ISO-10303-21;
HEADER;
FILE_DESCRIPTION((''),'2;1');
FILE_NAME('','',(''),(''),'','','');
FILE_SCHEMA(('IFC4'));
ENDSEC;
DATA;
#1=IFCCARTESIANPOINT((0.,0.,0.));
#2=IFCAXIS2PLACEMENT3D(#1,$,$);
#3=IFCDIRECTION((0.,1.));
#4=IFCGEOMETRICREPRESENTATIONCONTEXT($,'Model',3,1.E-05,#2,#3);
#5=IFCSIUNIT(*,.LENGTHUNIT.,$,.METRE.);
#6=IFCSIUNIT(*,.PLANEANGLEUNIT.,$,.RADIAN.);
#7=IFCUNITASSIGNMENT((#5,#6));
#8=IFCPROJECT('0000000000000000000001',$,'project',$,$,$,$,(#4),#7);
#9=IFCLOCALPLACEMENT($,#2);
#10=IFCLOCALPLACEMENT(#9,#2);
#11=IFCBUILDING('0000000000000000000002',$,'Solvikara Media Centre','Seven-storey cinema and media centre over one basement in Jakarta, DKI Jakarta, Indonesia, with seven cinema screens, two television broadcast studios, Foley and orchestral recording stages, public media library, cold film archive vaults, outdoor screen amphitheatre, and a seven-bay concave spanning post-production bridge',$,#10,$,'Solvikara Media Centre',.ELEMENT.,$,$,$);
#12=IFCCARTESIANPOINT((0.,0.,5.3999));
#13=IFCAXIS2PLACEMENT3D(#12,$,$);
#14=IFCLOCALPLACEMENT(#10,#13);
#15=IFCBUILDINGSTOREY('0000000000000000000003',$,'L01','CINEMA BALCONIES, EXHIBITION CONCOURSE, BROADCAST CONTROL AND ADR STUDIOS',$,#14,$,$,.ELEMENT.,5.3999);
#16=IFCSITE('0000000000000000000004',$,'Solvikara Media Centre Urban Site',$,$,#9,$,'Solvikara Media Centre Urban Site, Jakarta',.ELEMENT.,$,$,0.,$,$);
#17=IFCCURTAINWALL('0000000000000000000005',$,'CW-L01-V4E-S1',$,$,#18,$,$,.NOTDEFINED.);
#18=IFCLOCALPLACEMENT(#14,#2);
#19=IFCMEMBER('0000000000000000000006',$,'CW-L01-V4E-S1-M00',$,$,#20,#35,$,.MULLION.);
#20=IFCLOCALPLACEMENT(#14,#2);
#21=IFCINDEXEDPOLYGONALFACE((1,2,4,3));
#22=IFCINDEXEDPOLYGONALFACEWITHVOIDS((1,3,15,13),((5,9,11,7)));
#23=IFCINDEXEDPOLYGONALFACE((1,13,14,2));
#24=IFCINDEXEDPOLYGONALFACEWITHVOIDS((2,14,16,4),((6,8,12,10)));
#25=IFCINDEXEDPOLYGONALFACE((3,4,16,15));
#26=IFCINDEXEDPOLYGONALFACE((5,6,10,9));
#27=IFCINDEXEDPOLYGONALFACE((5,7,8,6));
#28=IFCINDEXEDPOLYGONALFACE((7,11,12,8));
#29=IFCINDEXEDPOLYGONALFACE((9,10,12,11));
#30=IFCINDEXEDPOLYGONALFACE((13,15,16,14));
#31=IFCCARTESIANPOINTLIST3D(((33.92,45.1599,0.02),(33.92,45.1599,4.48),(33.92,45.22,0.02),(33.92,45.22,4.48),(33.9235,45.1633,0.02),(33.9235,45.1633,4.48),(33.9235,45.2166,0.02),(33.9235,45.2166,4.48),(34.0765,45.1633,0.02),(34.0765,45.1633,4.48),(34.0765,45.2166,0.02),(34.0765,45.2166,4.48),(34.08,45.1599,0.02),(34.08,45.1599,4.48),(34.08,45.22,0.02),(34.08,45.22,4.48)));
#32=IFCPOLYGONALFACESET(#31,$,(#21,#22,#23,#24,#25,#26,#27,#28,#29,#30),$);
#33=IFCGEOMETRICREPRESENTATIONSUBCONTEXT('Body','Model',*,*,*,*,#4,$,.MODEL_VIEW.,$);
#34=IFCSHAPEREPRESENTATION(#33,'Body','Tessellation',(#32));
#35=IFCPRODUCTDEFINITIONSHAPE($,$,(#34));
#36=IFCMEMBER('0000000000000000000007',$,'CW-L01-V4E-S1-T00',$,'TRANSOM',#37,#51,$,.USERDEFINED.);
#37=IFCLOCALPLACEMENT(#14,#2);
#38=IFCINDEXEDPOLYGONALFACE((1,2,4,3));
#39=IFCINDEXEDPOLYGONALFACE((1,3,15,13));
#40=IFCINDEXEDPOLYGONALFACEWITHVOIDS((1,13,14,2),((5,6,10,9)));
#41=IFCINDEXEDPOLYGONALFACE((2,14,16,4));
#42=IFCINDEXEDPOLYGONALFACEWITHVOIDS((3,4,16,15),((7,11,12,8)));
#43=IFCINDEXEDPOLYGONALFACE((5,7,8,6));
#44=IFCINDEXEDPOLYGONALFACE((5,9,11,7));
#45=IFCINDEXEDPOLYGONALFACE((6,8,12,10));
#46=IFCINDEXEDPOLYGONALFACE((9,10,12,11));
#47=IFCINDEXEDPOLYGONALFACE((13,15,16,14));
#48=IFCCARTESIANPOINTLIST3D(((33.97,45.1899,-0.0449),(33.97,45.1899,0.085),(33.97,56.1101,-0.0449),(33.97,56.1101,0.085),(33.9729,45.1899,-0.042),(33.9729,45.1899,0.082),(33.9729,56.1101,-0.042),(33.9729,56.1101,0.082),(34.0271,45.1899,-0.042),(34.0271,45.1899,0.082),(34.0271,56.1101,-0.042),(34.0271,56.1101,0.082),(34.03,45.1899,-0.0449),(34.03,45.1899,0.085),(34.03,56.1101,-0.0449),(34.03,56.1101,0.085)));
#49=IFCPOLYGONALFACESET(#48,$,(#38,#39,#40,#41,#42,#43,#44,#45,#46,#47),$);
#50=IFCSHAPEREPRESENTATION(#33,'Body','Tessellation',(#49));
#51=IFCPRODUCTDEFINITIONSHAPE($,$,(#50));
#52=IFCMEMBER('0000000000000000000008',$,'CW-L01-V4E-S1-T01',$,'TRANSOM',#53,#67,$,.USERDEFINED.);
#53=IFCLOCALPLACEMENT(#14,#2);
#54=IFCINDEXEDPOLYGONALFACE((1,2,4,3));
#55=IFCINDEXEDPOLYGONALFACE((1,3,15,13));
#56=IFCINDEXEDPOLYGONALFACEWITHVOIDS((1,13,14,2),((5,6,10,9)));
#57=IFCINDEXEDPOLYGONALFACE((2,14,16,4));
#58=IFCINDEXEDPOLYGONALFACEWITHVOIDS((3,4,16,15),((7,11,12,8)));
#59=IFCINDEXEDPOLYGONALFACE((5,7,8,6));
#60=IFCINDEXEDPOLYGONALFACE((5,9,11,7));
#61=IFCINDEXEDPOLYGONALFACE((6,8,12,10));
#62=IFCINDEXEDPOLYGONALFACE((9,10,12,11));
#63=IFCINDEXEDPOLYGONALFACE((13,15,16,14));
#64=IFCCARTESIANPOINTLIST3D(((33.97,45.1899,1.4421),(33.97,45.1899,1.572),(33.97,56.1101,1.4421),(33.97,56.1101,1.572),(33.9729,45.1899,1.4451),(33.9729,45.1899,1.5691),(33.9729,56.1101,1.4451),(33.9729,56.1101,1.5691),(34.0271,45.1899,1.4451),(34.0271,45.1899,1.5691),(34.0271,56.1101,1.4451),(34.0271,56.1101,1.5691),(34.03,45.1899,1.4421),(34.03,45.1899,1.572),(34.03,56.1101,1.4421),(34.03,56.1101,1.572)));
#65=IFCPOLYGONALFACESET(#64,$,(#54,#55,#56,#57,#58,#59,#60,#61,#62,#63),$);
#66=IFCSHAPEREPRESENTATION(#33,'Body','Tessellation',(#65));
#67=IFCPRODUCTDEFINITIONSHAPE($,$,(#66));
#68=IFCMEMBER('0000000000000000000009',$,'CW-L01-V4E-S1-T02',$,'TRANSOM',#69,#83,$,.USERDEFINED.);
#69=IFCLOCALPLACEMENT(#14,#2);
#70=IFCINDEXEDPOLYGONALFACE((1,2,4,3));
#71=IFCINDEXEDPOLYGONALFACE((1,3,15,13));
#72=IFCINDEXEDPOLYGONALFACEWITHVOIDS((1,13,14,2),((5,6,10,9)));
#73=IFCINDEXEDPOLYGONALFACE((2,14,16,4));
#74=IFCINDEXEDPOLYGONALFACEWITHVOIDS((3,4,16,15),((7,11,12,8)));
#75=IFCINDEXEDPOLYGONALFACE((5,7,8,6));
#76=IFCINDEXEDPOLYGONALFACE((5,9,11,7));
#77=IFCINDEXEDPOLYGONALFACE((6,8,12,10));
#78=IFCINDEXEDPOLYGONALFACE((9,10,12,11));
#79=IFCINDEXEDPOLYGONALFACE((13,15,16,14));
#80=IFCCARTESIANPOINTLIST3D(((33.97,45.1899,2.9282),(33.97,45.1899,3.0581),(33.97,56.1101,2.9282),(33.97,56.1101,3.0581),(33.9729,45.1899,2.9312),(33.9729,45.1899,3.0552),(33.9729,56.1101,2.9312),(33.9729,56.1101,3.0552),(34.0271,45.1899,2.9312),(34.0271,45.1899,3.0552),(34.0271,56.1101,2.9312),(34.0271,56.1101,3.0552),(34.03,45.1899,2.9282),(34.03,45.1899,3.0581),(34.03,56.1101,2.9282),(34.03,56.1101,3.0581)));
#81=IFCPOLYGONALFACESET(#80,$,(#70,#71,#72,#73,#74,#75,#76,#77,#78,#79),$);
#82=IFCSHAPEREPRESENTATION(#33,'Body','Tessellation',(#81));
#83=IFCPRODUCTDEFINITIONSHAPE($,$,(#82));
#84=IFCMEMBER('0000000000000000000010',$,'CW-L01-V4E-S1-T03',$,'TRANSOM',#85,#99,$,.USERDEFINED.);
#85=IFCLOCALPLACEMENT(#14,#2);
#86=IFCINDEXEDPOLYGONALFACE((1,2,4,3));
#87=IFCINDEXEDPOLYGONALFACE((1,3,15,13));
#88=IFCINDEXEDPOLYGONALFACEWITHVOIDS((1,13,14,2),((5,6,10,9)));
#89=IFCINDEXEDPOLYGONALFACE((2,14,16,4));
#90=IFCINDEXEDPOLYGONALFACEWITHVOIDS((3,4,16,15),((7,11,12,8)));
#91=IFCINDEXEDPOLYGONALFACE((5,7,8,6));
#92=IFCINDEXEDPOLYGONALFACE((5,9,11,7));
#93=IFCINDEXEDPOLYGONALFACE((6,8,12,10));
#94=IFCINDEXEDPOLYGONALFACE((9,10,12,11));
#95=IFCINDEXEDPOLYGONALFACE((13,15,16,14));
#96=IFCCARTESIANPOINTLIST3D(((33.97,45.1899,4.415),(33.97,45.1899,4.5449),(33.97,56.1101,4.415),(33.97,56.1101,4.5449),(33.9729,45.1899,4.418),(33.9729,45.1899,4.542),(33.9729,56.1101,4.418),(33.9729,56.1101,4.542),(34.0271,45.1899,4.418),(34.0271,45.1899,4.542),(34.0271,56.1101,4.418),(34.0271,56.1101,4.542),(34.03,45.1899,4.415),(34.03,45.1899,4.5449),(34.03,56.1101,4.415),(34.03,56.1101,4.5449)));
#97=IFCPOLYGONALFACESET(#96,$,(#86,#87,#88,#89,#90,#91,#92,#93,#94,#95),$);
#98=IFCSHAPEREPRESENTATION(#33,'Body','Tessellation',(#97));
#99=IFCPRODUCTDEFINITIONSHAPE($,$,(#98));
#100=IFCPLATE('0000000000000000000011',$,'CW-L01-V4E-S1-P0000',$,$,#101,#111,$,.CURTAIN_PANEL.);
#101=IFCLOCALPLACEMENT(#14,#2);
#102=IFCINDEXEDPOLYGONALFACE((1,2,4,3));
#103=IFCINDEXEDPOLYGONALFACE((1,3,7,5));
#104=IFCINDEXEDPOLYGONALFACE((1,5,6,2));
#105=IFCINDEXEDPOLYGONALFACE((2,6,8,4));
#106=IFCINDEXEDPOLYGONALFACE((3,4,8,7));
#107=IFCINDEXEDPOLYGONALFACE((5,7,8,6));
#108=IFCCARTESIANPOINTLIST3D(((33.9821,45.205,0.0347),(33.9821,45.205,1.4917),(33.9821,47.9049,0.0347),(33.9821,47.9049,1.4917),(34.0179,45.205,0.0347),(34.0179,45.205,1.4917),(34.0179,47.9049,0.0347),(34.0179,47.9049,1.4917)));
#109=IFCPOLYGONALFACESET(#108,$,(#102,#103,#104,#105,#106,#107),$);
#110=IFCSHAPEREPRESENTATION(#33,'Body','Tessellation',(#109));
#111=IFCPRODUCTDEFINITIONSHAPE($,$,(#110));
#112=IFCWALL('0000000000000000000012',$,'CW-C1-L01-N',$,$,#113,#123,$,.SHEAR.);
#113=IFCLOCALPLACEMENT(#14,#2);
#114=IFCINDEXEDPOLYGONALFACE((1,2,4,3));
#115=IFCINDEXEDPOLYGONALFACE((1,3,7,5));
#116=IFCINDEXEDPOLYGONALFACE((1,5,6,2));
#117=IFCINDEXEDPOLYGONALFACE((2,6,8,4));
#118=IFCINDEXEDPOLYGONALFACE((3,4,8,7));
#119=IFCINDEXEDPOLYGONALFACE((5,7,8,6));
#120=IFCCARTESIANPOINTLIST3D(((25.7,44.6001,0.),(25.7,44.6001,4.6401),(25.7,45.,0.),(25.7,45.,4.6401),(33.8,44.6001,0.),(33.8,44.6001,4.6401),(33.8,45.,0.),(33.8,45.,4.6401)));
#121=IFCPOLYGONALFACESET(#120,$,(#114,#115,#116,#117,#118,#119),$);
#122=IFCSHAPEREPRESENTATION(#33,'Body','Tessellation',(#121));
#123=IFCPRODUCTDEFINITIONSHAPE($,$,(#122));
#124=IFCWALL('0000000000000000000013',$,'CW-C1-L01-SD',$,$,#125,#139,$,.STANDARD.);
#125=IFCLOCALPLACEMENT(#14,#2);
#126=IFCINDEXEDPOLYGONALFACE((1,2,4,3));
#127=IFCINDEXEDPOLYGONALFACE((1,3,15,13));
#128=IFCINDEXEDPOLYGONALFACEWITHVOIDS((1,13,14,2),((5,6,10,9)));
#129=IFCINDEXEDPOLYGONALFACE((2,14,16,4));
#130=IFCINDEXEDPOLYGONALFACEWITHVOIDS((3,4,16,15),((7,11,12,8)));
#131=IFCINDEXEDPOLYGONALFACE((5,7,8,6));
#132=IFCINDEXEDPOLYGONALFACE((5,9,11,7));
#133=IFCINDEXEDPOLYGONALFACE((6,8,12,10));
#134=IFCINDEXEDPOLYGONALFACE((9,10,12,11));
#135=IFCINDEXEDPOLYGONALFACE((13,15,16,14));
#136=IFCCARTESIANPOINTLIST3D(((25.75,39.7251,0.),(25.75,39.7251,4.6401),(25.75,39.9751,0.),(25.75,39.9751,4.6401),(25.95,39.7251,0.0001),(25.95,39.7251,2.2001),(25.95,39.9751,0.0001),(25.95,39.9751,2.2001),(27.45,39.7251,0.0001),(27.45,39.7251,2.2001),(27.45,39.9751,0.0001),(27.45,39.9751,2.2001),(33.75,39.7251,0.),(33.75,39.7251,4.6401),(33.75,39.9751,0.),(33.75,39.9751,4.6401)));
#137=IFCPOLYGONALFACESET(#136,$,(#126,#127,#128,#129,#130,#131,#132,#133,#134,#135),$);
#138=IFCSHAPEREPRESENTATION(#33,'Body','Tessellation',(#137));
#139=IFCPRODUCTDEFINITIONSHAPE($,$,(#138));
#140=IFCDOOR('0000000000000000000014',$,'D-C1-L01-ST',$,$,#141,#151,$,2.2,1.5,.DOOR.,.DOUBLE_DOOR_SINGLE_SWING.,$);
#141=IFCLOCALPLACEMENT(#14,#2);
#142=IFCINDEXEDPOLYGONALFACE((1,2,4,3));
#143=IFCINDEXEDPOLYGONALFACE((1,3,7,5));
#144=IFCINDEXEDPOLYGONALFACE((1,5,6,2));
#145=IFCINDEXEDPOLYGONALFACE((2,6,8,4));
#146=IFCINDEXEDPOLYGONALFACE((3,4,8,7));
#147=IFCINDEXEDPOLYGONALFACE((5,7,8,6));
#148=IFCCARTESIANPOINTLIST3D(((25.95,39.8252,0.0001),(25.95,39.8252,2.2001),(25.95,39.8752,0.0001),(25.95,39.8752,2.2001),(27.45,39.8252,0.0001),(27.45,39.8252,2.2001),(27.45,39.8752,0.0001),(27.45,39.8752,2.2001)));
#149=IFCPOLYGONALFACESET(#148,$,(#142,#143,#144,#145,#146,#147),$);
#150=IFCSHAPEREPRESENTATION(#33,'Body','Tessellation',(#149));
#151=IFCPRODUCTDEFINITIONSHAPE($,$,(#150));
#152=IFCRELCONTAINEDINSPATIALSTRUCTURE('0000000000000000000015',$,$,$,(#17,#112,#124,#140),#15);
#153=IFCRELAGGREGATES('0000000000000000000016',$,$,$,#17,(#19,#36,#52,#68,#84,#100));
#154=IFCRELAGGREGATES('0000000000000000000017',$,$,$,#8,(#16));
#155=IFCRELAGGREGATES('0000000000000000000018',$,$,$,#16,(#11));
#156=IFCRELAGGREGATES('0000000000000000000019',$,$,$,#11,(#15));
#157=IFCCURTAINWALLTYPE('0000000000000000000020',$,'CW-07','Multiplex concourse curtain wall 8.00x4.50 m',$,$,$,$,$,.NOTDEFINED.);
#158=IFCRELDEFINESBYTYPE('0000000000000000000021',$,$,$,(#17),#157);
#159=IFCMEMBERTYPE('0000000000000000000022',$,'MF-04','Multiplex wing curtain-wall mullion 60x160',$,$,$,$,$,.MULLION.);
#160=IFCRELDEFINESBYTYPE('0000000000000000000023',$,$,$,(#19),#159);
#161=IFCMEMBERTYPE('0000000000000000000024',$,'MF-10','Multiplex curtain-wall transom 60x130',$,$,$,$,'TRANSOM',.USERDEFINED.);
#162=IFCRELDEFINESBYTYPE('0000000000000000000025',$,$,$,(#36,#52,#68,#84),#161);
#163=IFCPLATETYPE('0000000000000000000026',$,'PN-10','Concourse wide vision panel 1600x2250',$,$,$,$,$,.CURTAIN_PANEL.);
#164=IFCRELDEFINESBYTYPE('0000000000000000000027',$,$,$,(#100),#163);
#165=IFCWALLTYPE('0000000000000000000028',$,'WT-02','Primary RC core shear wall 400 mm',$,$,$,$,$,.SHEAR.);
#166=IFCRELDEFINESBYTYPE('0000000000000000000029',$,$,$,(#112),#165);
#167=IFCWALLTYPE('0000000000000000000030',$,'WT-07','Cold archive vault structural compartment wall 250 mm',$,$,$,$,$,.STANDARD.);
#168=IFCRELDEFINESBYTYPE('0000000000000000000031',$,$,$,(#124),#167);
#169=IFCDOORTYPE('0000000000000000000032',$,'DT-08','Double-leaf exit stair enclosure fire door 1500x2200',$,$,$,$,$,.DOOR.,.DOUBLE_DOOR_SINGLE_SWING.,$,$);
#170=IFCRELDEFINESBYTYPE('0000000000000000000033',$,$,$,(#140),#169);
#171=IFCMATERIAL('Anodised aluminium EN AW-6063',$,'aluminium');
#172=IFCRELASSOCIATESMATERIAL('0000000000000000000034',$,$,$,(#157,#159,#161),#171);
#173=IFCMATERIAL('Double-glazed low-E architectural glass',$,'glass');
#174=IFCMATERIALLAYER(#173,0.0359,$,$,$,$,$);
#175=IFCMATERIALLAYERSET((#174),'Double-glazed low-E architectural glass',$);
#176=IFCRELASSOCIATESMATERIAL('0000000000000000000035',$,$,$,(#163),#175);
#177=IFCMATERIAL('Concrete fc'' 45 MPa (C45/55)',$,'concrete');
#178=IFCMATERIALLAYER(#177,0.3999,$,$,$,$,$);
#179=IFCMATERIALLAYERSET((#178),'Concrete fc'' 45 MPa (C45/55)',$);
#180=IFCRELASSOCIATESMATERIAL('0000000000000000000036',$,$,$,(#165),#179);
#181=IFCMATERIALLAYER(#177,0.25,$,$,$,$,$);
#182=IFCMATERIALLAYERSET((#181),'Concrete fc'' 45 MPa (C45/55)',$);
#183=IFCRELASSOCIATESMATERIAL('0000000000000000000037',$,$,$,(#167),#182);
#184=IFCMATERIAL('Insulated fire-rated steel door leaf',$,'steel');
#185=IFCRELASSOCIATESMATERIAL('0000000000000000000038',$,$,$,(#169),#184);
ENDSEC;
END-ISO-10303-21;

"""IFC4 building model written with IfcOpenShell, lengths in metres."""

from ifc_helpers import new_model, si_unit, direction, frame, frame_2d, origin, origin_2d, place, context, subcontext, project, spatial, rectangle, hollow_rectangle, extrude, material, layer, layer_set, material_profile, profile_set, type_object, element, fill, aggregate, save


model = new_model("IFC4")

# Units and contexts
model_context = context("Model", 3, precision=1e-05, world=origin(), true_north=direction((0.0, 1.0)))
body_context = subcontext(model_context, "Body", "Model", "MODEL_VIEW")
ifc_project = project(units=[si_unit("LENGTHUNIT", "METRE"), si_unit("PLANEANGLEUNIT", "RADIAN")], contexts=[model_context])

# Site, building, storey
site_placement = place(None, origin())
site = spatial("IfcSite", under=ifc_project, at=site_placement, Name="Solvikara Media Centre Urban Site", LongName="Solvikara Media Centre Urban Site, Jakarta", CompositionType="ELEMENT", RefElevation=0.0)
building_placement = place(site_placement, origin())
building = spatial("IfcBuilding", under=site, at=building_placement, Name="Solvikara Media Centre", Description="Seven-storey cinema and media centre over one basement in Jakarta, DKI Jakarta, Indonesia, with seven cinema screens, two television broadcast studios, Foley and orchestral recording stages, public media library, cold film archive vaults, outdoor screen amphitheatre, and a seven-bay concave spanning post-production bridge", LongName="Solvikara Media Centre", CompositionType="ELEMENT")
storey_placement = place(building_placement, frame((0.0, 0.0, 5.3999)))
storey = spatial("IfcBuildingStorey", under=building, at=storey_placement, Name="L01", Description="CINEMA BALCONIES, EXHIBITION CONCOURSE, BROADCAST CONTROL AND ADR STUDIOS", CompositionType="ELEMENT", Elevation=5.3999)

# Shared definitions
ifc_material_1 = material(Name="Concrete fc' 45 MPa (C45/55)", Category="concrete")

# Curtain wall, members, plate
ifc_material_2 = material(Name="Anodised aluminium EN AW-6063", Category="aluminium")
curtain_wall_type = type_object("IfcCurtainWallType", Name="CW-07", Description="Multiplex concourse curtain wall 8.00x4.50 m", PredefinedType="NOTDEFINED", material=ifc_material_2)
curtain_wall_placement = place(storey_placement, origin())
curtain_wall = element("IfcCurtainWall", 1, at=curtain_wall_placement, inside=storey, type_object=curtain_wall_type, Name="CW-L01-V4E-S1", PredefinedType="NOTDEFINED")
ifc_material_profile_1 = material_profile(ifc_material_2, hollow_rectangle(XDim=0.0601, YDim=0.1599, WallThickness=0.0034, at=origin_2d()), Name="ALU-M 60x160x3.5")
ifc_profile_set_1 = profile_set([ifc_material_profile_1], Name="Anodised aluminium EN AW-6063")
member_type_1 = type_object("IfcMemberType", Name="MF-04", Description="Multiplex wing curtain-wall mullion 60x160", PredefinedType="MULLION", material=ifc_profile_set_1)
member_1_placement = place(storey_placement, frame((34.0, 45.1899, 0.02), z_axis=(0.0, 0.0, 1.0), x_axis=(0.0, 1.0, 0.0)))
member_1 = element("IfcMember", 2, at=member_1_placement, type_object=member_type_1, Name="CW-L01-V4E-S1-M00", PredefinedType="MULLION", context=body_context, shape_type="SweptSolid", body=[
    extrude(hollow_rectangle(XDim=0.0601, YDim=0.1599, WallThickness=0.0034, at=origin_2d()), origin(), (0.0, 0.0, 1.0), 4.46),
])
ifc_material_profile_2 = material_profile(ifc_material_2, hollow_rectangle(XDim=0.0601, YDim=0.1299, WallThickness=0.0029, at=origin_2d()), Name="ALU-T 60x130x3")
ifc_profile_set_2 = profile_set([ifc_material_profile_2], Name="Anodised aluminium EN AW-6063")
member_type_2 = type_object("IfcMemberType", Name="MF-10", Description="Multiplex curtain-wall transom 60x130", ElementType="TRANSOM", PredefinedType="USERDEFINED", material=ifc_profile_set_2)
member_2_placement = place(storey_placement, frame((34.0, 45.1899, 0.02), z_axis=(0.0, 1.0, 0.0), x_axis=(-1.0, 0.0, 0.0)))
member_2 = element("IfcMember", 3, at=member_2_placement, type_object=member_type_2, Name="CW-L01-V4E-S1-T00", ObjectType="TRANSOM", PredefinedType="USERDEFINED", context=body_context, shape_type="SweptSolid", body=[
    extrude(hollow_rectangle(XDim=0.0601, YDim=0.1299, WallThickness=0.0029, at=origin_2d()), origin(), (0.0, 0.0, 1.0), 10.9202),
])
member_3_placement = place(storey_placement, frame((34.0, 45.1899, 1.5071), z_axis=(0.0, 1.0, 0.0), x_axis=(-1.0, 0.0, 0.0)))
member_3 = element("IfcMember", 4, at=member_3_placement, type_object=member_type_2, Name="CW-L01-V4E-S1-T01", ObjectType="TRANSOM", PredefinedType="USERDEFINED", context=body_context, shape_type="SweptSolid", body=[
    extrude(hollow_rectangle(XDim=0.0601, YDim=0.1299, WallThickness=0.0029, at=origin_2d()), origin(), (0.0, 0.0, 1.0), 10.9202),
])
member_4_placement = place(storey_placement, frame((34.0, 45.1899, 2.9932), z_axis=(0.0, 1.0, 0.0), x_axis=(-1.0, 0.0, 0.0)))
member_4 = element("IfcMember", 5, at=member_4_placement, type_object=member_type_2, Name="CW-L01-V4E-S1-T02", ObjectType="TRANSOM", PredefinedType="USERDEFINED", context=body_context, shape_type="SweptSolid", body=[
    extrude(hollow_rectangle(XDim=0.0601, YDim=0.1299, WallThickness=0.0029, at=origin_2d()), origin(), (0.0, 0.0, 1.0), 10.9202),
])
member_5_placement = place(storey_placement, frame((34.0, 45.1899, 4.48), z_axis=(0.0, 1.0, 0.0), x_axis=(-1.0, 0.0, 0.0)))
member_5 = element("IfcMember", 6, at=member_5_placement, type_object=member_type_2, Name="CW-L01-V4E-S1-T03", ObjectType="TRANSOM", PredefinedType="USERDEFINED", context=body_context, shape_type="SweptSolid", body=[
    extrude(hollow_rectangle(XDim=0.0601, YDim=0.1299, WallThickness=0.0029, at=origin_2d()), origin(), (0.0, 0.0, 1.0), 10.9202),
])
ifc_material_3 = material(Name="Double-glazed low-E architectural glass", Category="glass")
ifc_layer_1 = layer(ifc_material_3, 0.0359)
ifc_layer_set_1 = layer_set([ifc_layer_1], Name="Double-glazed low-E architectural glass")
plate_type = type_object("IfcPlateType", Name="PN-10", Description="Concourse wide vision panel 1600x2250", PredefinedType="CURTAIN_PANEL", material=ifc_layer_set_1)
plate_placement = place(storey_placement, frame((34.0, 46.5549, 0.0347), z_axis=(0.0, 0.0, 1.0), x_axis=(0.0, 1.0, 0.0)))
plate = element("IfcPlate", 7, at=plate_placement, type_object=plate_type, Name="CW-L01-V4E-S1-P0000", PredefinedType="CURTAIN_PANEL", context=body_context, shape_type="SweptSolid", body=[
    extrude(rectangle(XDim=2.7, YDim=0.0359, at=origin_2d()), origin(), (0.0, 0.0, 1.0), 1.457),
])
aggregate(curtain_wall, [member_1, member_2, member_3, member_4, member_5, plate])

# Wall
ifc_layer_2 = layer(ifc_material_1, 0.3999)
ifc_layer_set_2 = layer_set([ifc_layer_2], Name="Concrete fc' 45 MPa (C45/55)")
wall_type_1 = type_object("IfcWallType", Name="WT-02", Description="Primary RC core shear wall 400 mm", PredefinedType="SHEAR", material=ifc_layer_set_2)
wall_1_placement = place(storey_placement, frame((25.7, 44.8, 0.0), z_axis=(0.0, 0.0, 1.0), x_axis=(1.0, 0.0, 0.0)))
element("IfcWall", 8, at=wall_1_placement, inside=storey, type_object=wall_type_1, Name="CW-C1-L01-N", PredefinedType="SHEAR", context=body_context, shape_type="SweptSolid", body=[
    extrude(rectangle(XDim=8.1001, YDim=0.3999, at=frame_2d((4.05, 0.0))), origin(), (0.0, 0.0, 1.0), 4.6401),
])

# Wall, opening, door
ifc_layer_3 = layer(ifc_material_1, 0.25)
ifc_layer_set_3 = layer_set([ifc_layer_3], Name="Concrete fc' 45 MPa (C45/55)")
wall_type_2 = type_object("IfcWallType", Name="WT-07", Description="Cold archive vault structural compartment wall 250 mm", PredefinedType="STANDARD", material=ifc_layer_set_3)
wall_2_placement = place(storey_placement, frame((25.75, 39.8501, 0.0), z_axis=(0.0, 0.0, 1.0), x_axis=(1.0, 0.0, 0.0)))
wall_2 = element("IfcWall", 9, at=wall_2_placement, inside=storey, type_object=wall_type_2, Name="CW-C1-L01-SD", PredefinedType="STANDARD", context=body_context, shape_type="SweptSolid", body=[
    extrude(rectangle(XDim=8.0, YDim=0.25, at=frame_2d((4.0, 0.0))), origin(), (0.0, 0.0, 1.0), 4.6401),
])
opening_1_placement = place(wall_2_placement, frame((0.2, 0.0, 0.0)))
opening_1 = element("IfcOpeningElement", 10, at=opening_1_placement, cuts=wall_2, PredefinedType="OPENING", context=body_context, shape_type="SweptSolid", body=[
    extrude(rectangle(XDim=1.5, YDim=2.2, at=frame_2d((0.75, 1.1001))), frame((0.0, 0.137, 0.0), z_axis=(0.0, -1.0, 0.0), x_axis=(1.0, 0.0, 0.0)), (0.0, 0.0, 1.0), 0.2739),
])
ifc_material_4 = material(Name="Insulated fire-rated steel door leaf", Category="steel")
door_type_1 = type_object("IfcDoorType", Name="DT-08", Description="Double-leaf exit stair enclosure fire door 1500x2200", OperationType="DOUBLE_DOOR_SINGLE_SWING", PredefinedType="DOOR", material=ifc_material_4)
door_1_placement = place(opening_1_placement, frame((1.5, 0.0, 0.0), z_axis=(0.0, 0.0, 1.0), x_axis=(-1.0, 0.0, 0.0)))
door_1 = element("IfcDoor", 11, at=door_1_placement, inside=storey, type_object=door_type_1, Name="D-C1-L01-ST", OperationType="DOUBLE_DOOR_SINGLE_SWING", OverallHeight=2.2, OverallWidth=1.5, PredefinedType="DOOR", context=body_context, shape_type="SweptSolid", body=[
    extrude(rectangle(XDim=1.5, YDim=2.2, at=frame_2d((0.75, 1.1001))), frame((0.0, 0.0249, 0.0), z_axis=(0.0, -1.0, 0.0), x_axis=(1.0, 0.0, 0.0)), (0.0, 0.0, 1.0), 0.05),
])
fill(opening_1, door_1)

save(model, "model.ifc")
